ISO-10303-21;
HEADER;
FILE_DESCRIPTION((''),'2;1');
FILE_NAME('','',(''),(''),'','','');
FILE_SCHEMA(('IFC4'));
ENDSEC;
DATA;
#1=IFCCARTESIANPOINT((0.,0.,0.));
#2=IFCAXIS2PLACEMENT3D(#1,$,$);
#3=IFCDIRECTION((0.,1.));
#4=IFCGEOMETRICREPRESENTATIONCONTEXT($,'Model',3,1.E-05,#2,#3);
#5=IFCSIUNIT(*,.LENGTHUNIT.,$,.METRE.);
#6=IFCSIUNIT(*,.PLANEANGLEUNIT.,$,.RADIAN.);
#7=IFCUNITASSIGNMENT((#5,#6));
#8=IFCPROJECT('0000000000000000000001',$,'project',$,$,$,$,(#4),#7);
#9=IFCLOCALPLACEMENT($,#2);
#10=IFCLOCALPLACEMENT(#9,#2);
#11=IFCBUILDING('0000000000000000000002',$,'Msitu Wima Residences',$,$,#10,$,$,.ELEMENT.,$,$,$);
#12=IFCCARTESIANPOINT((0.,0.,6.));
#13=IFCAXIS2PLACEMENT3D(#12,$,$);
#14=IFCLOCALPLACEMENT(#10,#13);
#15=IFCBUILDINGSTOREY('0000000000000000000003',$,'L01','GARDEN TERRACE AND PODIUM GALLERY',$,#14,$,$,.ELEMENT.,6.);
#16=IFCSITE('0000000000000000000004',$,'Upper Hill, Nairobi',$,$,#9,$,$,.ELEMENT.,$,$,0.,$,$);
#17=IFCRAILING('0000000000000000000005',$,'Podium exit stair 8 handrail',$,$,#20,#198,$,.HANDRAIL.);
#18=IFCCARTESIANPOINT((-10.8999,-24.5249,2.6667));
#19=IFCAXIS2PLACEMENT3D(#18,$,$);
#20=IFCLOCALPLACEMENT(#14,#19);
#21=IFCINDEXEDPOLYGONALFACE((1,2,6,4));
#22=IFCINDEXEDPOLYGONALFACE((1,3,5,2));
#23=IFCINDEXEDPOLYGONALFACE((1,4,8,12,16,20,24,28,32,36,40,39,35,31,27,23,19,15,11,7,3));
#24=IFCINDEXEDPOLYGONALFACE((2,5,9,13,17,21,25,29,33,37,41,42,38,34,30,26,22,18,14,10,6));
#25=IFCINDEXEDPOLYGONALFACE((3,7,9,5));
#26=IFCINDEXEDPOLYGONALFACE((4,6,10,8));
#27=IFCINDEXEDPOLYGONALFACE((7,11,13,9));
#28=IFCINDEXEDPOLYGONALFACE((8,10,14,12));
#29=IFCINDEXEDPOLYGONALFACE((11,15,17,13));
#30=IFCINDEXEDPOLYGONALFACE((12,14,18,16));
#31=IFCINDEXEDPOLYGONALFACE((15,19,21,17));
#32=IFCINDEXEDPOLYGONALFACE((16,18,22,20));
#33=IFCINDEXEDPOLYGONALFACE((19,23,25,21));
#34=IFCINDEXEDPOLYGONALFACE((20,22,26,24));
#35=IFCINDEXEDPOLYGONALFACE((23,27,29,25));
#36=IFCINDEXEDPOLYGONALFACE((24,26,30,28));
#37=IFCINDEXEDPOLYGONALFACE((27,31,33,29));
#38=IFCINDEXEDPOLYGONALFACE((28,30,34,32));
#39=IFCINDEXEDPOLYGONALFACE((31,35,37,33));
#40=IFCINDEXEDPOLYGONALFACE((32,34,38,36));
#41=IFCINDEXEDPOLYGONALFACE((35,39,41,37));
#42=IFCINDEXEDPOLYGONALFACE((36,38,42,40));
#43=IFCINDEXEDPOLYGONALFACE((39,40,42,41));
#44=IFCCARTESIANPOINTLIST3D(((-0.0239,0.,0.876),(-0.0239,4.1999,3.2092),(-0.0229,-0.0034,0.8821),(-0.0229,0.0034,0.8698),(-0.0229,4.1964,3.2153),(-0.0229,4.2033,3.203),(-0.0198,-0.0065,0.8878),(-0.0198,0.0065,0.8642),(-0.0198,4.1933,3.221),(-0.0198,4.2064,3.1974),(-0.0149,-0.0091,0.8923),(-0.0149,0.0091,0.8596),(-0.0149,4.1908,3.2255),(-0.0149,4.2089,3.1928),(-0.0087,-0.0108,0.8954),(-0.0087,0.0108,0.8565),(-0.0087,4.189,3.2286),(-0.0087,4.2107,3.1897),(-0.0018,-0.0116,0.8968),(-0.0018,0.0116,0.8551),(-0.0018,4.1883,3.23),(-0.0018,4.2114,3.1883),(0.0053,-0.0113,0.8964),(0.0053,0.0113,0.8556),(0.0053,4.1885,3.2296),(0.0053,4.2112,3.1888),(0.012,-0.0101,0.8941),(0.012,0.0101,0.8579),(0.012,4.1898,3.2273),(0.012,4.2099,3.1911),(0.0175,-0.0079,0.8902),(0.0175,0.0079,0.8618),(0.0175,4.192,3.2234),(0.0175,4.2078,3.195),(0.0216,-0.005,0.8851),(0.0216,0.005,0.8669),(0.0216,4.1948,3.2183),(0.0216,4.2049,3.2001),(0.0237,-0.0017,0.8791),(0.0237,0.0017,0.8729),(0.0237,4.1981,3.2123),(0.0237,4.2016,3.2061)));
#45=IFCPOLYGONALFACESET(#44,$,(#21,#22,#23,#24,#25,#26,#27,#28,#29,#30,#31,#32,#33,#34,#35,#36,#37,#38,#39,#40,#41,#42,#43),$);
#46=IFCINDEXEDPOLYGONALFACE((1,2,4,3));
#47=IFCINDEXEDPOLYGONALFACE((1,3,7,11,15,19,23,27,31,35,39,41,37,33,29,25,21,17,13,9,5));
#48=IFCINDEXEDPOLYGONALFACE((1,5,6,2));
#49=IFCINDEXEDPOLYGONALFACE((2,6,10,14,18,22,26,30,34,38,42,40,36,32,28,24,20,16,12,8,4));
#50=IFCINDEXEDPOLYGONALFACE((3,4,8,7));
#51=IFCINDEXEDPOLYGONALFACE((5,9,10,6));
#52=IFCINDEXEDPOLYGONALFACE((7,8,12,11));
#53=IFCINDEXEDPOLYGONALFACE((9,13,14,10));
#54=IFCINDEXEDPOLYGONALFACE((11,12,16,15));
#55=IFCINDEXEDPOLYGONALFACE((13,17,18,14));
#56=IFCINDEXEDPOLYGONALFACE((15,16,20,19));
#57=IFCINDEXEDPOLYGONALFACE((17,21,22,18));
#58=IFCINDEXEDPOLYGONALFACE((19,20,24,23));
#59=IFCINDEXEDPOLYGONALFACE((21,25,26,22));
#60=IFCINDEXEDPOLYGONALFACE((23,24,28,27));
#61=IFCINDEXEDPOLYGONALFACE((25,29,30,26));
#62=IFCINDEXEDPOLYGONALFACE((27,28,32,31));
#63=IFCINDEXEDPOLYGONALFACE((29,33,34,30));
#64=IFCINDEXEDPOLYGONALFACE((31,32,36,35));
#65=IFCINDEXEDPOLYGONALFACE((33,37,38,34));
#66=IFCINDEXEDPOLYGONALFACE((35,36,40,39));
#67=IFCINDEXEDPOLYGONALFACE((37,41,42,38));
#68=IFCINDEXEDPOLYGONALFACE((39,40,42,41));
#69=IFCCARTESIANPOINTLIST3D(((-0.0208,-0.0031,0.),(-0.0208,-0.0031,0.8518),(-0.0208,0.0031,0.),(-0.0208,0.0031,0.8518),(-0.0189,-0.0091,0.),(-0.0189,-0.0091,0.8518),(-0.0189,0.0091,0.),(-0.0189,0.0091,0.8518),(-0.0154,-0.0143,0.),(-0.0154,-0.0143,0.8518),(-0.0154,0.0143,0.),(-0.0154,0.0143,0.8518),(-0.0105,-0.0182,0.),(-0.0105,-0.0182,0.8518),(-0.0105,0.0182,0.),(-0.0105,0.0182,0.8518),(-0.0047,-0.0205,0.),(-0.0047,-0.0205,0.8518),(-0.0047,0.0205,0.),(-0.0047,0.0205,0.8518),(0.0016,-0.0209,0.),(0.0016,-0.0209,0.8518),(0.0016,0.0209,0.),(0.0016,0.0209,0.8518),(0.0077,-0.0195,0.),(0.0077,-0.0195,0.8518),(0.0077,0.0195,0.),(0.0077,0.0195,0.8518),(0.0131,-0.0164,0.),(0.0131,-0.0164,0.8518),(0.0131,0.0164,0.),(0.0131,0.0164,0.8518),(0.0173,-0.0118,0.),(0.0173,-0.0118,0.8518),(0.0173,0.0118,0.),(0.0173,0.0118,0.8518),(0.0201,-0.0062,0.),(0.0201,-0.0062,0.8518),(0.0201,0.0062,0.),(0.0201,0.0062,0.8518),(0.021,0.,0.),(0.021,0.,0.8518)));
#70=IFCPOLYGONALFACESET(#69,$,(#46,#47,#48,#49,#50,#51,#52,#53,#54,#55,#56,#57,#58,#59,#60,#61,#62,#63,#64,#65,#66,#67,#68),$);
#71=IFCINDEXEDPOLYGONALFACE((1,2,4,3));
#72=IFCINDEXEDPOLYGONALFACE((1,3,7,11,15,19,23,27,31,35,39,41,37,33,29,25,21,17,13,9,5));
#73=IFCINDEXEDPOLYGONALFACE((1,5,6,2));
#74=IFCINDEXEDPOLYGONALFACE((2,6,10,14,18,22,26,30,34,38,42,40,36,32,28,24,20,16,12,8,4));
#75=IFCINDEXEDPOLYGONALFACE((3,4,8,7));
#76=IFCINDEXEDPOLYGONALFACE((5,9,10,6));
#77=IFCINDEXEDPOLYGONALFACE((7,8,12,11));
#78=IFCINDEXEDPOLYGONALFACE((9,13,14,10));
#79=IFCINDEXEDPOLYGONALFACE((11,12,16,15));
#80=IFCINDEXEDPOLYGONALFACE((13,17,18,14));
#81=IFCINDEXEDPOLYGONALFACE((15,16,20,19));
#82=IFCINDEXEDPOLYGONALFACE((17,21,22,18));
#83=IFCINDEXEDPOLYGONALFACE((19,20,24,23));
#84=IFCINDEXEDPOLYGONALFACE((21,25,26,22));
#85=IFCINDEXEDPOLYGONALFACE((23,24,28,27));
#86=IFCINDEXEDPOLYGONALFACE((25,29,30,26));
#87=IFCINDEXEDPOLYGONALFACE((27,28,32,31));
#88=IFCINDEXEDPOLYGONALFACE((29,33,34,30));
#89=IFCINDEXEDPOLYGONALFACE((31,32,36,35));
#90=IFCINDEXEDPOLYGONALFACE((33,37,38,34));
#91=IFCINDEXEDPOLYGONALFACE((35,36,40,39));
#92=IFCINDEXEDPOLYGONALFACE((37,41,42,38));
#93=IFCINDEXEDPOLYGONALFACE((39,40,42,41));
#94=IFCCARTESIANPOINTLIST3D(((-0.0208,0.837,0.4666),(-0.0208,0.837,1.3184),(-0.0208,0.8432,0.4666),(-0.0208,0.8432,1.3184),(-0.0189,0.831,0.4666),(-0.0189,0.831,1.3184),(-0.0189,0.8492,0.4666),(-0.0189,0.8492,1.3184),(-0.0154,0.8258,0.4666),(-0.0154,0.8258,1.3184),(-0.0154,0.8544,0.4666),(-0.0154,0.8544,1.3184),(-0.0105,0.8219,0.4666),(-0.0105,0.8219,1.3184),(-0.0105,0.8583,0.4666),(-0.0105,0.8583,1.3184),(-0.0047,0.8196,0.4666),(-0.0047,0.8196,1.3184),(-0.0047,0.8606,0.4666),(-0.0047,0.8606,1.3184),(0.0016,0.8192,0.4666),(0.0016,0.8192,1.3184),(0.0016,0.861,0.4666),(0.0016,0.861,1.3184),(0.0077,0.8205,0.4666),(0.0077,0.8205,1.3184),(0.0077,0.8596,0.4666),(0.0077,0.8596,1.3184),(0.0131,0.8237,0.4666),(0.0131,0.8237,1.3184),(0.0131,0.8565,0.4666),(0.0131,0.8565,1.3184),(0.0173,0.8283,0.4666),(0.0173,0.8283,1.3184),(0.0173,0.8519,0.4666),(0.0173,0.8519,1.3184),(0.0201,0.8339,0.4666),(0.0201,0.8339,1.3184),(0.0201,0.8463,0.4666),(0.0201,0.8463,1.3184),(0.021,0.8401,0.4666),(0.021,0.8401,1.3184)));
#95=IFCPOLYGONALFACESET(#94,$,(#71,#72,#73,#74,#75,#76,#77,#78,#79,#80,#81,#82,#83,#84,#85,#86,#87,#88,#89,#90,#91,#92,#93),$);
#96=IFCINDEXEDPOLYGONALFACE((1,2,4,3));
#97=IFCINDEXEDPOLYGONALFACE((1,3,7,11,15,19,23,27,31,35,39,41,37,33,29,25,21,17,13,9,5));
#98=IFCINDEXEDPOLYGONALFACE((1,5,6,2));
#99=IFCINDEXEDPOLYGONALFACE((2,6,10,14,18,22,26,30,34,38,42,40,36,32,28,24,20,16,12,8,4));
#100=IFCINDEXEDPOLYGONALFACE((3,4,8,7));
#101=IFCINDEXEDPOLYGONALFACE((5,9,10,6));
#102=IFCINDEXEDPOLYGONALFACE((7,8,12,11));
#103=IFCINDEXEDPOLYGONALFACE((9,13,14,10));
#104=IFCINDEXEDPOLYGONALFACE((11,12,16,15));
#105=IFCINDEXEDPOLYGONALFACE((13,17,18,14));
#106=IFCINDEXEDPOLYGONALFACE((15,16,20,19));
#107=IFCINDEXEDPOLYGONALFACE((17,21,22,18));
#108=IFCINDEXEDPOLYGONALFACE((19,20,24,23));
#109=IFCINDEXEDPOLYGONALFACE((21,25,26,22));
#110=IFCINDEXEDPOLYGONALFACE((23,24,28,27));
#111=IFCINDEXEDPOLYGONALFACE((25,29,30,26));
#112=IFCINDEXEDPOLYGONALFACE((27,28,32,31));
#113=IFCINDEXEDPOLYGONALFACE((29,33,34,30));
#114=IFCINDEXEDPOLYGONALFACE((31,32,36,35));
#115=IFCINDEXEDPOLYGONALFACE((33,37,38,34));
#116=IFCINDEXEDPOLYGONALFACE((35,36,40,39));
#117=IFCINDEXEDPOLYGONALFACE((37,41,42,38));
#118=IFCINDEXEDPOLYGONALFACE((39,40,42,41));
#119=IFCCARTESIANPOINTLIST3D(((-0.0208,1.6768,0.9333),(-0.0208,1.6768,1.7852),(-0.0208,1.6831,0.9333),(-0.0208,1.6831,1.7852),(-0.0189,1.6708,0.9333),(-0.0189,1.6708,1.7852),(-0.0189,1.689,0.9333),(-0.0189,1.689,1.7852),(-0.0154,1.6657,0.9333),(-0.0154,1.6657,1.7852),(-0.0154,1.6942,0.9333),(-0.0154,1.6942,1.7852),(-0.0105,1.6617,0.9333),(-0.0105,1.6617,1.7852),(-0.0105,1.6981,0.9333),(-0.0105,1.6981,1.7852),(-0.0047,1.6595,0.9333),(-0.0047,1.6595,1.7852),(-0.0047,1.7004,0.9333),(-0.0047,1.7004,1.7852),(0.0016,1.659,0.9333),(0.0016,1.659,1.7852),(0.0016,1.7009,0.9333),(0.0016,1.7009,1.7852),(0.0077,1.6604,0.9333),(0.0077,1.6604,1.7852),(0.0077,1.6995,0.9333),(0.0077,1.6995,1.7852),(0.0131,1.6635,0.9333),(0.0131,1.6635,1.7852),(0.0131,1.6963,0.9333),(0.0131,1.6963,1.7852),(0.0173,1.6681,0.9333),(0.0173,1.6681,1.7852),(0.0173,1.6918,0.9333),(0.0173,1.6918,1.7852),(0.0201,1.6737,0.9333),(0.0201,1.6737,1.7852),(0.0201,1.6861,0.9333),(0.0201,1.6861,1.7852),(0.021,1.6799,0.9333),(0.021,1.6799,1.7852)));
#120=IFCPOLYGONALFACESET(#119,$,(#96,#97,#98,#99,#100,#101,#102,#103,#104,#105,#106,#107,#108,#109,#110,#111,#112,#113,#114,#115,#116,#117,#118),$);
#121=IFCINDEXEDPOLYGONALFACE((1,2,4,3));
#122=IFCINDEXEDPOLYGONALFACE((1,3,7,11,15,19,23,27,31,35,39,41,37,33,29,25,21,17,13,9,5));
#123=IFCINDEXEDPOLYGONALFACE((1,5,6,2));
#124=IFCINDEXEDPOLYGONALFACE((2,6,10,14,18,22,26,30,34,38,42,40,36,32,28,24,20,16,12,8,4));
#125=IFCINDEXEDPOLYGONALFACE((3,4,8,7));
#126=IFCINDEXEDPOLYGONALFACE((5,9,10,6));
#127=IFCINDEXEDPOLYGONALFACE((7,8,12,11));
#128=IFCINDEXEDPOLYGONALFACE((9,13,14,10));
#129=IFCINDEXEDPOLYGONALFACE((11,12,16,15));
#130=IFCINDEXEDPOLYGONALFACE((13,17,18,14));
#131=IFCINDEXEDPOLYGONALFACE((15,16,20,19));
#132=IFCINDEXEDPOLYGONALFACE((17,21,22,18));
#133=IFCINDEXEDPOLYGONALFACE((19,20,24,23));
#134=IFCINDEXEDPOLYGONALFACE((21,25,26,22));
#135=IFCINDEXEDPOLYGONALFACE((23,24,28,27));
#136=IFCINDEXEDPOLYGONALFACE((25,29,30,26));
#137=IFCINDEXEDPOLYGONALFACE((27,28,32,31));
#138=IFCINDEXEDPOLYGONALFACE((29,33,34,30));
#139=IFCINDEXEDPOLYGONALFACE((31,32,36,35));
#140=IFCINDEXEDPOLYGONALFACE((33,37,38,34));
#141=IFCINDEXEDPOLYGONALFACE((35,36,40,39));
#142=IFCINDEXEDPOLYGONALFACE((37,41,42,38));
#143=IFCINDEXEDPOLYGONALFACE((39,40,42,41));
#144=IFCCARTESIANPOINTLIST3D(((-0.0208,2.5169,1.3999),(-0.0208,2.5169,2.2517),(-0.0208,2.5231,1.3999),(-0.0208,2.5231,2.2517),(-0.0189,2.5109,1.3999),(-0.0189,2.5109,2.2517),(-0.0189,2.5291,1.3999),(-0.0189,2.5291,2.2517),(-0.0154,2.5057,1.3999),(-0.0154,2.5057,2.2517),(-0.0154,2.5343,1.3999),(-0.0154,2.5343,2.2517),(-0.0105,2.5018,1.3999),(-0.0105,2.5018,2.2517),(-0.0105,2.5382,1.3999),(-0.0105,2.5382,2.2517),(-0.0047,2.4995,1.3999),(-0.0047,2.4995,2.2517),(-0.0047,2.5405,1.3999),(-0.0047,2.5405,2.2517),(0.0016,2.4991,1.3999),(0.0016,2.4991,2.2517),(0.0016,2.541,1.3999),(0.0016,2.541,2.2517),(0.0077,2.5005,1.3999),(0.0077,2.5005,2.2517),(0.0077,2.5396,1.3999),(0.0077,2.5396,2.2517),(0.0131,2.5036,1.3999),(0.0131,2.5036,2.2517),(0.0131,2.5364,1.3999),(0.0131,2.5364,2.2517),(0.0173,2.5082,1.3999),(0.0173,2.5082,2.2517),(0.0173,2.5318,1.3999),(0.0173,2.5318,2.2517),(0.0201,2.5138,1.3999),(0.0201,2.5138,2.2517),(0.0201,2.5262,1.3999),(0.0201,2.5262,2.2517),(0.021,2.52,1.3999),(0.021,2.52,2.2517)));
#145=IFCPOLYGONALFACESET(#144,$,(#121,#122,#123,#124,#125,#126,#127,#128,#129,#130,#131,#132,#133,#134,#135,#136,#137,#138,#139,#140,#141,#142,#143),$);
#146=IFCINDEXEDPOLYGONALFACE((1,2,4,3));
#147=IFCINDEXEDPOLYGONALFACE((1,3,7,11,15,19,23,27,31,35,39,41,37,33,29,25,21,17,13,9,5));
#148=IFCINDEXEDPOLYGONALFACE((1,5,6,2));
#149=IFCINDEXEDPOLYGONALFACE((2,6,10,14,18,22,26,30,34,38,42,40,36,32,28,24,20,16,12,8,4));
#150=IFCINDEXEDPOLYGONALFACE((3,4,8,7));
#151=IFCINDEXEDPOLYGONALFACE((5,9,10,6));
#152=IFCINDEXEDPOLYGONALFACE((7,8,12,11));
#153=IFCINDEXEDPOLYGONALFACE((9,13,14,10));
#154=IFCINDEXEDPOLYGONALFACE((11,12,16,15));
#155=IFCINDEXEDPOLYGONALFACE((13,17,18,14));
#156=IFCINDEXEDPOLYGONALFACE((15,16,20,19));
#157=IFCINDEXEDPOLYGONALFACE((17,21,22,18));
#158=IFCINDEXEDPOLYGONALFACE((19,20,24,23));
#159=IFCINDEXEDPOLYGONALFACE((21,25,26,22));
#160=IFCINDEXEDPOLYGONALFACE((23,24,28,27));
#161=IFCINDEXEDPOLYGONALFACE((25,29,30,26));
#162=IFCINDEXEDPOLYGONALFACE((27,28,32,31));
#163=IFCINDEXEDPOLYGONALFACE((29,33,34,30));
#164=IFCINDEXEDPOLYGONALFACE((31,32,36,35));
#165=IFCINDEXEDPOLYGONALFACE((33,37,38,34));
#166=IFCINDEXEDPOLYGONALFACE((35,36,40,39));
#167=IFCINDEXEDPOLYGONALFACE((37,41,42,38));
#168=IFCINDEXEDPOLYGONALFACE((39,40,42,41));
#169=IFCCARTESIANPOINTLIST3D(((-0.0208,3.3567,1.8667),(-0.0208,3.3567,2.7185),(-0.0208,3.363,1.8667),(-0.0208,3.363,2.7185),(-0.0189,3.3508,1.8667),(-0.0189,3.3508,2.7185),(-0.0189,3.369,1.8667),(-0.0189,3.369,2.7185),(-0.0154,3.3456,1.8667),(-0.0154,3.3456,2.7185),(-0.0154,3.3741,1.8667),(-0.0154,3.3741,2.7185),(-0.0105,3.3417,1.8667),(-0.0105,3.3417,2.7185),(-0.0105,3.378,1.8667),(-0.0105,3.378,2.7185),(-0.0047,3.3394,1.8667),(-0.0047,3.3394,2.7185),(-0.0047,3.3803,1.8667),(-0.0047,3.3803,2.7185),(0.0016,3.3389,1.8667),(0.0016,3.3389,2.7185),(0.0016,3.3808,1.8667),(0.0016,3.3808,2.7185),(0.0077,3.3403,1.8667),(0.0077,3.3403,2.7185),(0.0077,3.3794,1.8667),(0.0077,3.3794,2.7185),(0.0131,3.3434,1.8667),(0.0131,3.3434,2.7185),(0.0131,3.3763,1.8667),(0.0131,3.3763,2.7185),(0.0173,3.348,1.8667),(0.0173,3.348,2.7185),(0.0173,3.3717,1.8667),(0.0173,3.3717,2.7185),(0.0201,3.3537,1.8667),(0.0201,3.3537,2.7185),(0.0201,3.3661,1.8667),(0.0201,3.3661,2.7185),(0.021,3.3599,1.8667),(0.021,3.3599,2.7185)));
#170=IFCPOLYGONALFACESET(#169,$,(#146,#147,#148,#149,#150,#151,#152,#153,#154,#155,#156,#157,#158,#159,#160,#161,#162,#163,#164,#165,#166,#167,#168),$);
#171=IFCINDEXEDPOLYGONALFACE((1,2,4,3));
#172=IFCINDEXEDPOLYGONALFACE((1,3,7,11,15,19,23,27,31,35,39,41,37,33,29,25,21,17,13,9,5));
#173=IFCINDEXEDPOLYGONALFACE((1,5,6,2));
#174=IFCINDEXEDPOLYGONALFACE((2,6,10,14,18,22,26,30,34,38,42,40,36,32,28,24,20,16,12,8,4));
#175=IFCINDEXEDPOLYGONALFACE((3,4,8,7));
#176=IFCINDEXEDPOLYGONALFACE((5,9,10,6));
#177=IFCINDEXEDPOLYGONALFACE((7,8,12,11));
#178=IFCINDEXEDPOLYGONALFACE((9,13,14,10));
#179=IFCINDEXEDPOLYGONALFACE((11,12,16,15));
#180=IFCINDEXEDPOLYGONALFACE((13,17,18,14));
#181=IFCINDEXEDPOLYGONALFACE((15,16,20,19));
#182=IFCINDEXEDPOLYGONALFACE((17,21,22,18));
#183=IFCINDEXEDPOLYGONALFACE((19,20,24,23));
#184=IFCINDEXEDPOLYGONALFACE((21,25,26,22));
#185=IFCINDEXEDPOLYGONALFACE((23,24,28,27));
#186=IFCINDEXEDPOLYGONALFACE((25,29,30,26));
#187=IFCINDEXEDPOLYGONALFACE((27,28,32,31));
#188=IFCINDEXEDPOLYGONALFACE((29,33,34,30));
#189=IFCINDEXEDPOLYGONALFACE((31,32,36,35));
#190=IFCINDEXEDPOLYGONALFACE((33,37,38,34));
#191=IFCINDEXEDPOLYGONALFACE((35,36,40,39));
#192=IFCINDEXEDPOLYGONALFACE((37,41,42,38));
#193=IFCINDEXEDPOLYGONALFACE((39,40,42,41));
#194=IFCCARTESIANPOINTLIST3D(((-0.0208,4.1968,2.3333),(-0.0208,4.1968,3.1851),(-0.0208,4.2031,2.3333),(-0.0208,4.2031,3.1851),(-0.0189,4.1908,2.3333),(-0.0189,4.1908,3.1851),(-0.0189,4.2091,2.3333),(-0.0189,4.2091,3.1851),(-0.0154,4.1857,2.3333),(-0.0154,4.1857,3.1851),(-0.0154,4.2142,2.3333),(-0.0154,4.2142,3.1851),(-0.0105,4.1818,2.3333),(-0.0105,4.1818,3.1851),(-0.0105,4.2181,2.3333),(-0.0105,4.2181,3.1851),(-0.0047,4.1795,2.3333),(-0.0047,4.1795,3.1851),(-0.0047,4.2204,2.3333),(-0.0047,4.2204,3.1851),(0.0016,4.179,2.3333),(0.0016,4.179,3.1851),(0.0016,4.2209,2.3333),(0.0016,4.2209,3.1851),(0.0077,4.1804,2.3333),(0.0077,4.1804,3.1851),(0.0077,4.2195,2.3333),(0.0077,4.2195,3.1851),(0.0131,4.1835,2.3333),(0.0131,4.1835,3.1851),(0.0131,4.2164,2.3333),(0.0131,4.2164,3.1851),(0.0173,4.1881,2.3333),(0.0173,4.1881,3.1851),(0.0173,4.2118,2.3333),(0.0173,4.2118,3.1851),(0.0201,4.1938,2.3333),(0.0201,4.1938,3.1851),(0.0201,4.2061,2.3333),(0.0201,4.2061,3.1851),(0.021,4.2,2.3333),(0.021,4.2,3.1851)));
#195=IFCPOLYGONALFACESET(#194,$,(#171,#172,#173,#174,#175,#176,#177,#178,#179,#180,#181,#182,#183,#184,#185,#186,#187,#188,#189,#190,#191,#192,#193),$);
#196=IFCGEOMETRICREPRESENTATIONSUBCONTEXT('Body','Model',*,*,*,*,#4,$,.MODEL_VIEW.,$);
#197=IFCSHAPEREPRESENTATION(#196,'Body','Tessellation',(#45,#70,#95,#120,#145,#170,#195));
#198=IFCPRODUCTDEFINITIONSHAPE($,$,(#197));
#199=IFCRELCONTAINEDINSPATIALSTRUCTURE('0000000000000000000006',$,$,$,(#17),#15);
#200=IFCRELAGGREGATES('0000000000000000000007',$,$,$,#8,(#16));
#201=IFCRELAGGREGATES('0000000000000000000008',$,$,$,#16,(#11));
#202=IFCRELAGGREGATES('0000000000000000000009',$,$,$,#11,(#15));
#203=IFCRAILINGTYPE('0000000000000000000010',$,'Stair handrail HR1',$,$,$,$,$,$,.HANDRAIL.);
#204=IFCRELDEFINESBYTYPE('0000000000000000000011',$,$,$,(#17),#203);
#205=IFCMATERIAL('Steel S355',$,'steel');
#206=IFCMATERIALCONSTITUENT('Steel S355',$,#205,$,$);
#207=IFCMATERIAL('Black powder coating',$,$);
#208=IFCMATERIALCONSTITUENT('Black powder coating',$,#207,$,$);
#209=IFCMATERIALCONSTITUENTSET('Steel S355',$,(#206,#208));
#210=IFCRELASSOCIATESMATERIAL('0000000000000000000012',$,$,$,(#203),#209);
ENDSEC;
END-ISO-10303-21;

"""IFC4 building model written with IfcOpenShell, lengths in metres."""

from ifc_helpers import new_model, si_unit, direction, frame, origin, origin_2d, place, context, subcontext, project, spatial, circle, extrude, material, constituent, constituent_set, type_object, element, save


model = new_model("IFC4")

# Units and contexts
model_context = context("Model", 3, precision=1e-05, world=origin(), true_north=direction((0.0, 1.0)))
body_context = subcontext(model_context, "Body", "Model", "MODEL_VIEW")
ifc_project = project(units=[si_unit("LENGTHUNIT", "METRE"), si_unit("PLANEANGLEUNIT", "RADIAN")], contexts=[model_context])

# Site, building, storey
site_placement = place(None, origin())
site = spatial("IfcSite", under=ifc_project, at=site_placement, Name="Upper Hill, Nairobi", CompositionType="ELEMENT", RefElevation=0.0)
building_placement = place(site_placement, origin())
building = spatial("IfcBuilding", under=site, at=building_placement, Name="Msitu Wima Residences", CompositionType="ELEMENT")
storey_placement = place(building_placement, frame((0.0, 0.0, 6.0)))
storey = spatial("IfcBuildingStorey", under=building, at=storey_placement, Name="L01", Description="GARDEN TERRACE AND PODIUM GALLERY", CompositionType="ELEMENT", Elevation=6.0)

# Railing
ifc_material_1 = material(Name="Steel S355", Category="steel")
ifc_constituent_1 = constituent(ifc_material_1, Name="Steel S355")
ifc_material_2 = material(Name="Black powder coating")
ifc_constituent_2 = constituent(ifc_material_2, Name="Black powder coating")
ifc_constituent_set = constituent_set(constituents=[ifc_constituent_1, ifc_constituent_2], Name="Steel S355")
railing_type = type_object("IfcRailingType", Name="Stair handrail HR1", PredefinedType="HANDRAIL", material=ifc_constituent_set)
for number, where, name in (
    (1, (-10.8999, -24.5249, 2.6667), "Podium exit stair 8 handrail"),
):
    element("IfcRailing", number, at=place(storey_placement, frame(where)), inside=storey, type_object=railing_type, Name=name, PredefinedType="HANDRAIL", context=body_context, shape_type="SweptSolid", body=[
        extrude(circle(Radius=0.0239, at=origin_2d()), frame((0.0, 0.0, 0.876), z_axis=(0.0, 0.874162, 0.485634), x_axis=(-1.0, 0.0, 0.0)), (0.0, 0.0, 1.0), 4.8044),
        extrude(circle(Radius=0.021, at=origin_2d()), origin(), (0.0, 0.0, 1.0), 0.8518),
        extrude(circle(Radius=0.021, at=origin_2d()), frame((0.0, 0.8401, 0.4666)), (0.0, 0.0, 1.0), 0.8518),
        extrude(circle(Radius=0.021, at=origin_2d()), frame((0.0, 1.6799, 0.9333)), (0.0, 0.0, 1.0), 0.8518),
        extrude(circle(Radius=0.021, at=origin_2d()), frame((0.0, 2.52, 1.3999)), (0.0, 0.0, 1.0), 0.8518),
        extrude(circle(Radius=0.021, at=origin_2d()), frame((0.0, 3.3599, 1.8667)), (0.0, 0.0, 1.0), 0.8518),
        extrude(circle(Radius=0.021, at=origin_2d()), frame((0.0, 4.2, 2.3333)), (0.0, 0.0, 1.0), 0.8518),
    ])

save(model, "model.ifc")
